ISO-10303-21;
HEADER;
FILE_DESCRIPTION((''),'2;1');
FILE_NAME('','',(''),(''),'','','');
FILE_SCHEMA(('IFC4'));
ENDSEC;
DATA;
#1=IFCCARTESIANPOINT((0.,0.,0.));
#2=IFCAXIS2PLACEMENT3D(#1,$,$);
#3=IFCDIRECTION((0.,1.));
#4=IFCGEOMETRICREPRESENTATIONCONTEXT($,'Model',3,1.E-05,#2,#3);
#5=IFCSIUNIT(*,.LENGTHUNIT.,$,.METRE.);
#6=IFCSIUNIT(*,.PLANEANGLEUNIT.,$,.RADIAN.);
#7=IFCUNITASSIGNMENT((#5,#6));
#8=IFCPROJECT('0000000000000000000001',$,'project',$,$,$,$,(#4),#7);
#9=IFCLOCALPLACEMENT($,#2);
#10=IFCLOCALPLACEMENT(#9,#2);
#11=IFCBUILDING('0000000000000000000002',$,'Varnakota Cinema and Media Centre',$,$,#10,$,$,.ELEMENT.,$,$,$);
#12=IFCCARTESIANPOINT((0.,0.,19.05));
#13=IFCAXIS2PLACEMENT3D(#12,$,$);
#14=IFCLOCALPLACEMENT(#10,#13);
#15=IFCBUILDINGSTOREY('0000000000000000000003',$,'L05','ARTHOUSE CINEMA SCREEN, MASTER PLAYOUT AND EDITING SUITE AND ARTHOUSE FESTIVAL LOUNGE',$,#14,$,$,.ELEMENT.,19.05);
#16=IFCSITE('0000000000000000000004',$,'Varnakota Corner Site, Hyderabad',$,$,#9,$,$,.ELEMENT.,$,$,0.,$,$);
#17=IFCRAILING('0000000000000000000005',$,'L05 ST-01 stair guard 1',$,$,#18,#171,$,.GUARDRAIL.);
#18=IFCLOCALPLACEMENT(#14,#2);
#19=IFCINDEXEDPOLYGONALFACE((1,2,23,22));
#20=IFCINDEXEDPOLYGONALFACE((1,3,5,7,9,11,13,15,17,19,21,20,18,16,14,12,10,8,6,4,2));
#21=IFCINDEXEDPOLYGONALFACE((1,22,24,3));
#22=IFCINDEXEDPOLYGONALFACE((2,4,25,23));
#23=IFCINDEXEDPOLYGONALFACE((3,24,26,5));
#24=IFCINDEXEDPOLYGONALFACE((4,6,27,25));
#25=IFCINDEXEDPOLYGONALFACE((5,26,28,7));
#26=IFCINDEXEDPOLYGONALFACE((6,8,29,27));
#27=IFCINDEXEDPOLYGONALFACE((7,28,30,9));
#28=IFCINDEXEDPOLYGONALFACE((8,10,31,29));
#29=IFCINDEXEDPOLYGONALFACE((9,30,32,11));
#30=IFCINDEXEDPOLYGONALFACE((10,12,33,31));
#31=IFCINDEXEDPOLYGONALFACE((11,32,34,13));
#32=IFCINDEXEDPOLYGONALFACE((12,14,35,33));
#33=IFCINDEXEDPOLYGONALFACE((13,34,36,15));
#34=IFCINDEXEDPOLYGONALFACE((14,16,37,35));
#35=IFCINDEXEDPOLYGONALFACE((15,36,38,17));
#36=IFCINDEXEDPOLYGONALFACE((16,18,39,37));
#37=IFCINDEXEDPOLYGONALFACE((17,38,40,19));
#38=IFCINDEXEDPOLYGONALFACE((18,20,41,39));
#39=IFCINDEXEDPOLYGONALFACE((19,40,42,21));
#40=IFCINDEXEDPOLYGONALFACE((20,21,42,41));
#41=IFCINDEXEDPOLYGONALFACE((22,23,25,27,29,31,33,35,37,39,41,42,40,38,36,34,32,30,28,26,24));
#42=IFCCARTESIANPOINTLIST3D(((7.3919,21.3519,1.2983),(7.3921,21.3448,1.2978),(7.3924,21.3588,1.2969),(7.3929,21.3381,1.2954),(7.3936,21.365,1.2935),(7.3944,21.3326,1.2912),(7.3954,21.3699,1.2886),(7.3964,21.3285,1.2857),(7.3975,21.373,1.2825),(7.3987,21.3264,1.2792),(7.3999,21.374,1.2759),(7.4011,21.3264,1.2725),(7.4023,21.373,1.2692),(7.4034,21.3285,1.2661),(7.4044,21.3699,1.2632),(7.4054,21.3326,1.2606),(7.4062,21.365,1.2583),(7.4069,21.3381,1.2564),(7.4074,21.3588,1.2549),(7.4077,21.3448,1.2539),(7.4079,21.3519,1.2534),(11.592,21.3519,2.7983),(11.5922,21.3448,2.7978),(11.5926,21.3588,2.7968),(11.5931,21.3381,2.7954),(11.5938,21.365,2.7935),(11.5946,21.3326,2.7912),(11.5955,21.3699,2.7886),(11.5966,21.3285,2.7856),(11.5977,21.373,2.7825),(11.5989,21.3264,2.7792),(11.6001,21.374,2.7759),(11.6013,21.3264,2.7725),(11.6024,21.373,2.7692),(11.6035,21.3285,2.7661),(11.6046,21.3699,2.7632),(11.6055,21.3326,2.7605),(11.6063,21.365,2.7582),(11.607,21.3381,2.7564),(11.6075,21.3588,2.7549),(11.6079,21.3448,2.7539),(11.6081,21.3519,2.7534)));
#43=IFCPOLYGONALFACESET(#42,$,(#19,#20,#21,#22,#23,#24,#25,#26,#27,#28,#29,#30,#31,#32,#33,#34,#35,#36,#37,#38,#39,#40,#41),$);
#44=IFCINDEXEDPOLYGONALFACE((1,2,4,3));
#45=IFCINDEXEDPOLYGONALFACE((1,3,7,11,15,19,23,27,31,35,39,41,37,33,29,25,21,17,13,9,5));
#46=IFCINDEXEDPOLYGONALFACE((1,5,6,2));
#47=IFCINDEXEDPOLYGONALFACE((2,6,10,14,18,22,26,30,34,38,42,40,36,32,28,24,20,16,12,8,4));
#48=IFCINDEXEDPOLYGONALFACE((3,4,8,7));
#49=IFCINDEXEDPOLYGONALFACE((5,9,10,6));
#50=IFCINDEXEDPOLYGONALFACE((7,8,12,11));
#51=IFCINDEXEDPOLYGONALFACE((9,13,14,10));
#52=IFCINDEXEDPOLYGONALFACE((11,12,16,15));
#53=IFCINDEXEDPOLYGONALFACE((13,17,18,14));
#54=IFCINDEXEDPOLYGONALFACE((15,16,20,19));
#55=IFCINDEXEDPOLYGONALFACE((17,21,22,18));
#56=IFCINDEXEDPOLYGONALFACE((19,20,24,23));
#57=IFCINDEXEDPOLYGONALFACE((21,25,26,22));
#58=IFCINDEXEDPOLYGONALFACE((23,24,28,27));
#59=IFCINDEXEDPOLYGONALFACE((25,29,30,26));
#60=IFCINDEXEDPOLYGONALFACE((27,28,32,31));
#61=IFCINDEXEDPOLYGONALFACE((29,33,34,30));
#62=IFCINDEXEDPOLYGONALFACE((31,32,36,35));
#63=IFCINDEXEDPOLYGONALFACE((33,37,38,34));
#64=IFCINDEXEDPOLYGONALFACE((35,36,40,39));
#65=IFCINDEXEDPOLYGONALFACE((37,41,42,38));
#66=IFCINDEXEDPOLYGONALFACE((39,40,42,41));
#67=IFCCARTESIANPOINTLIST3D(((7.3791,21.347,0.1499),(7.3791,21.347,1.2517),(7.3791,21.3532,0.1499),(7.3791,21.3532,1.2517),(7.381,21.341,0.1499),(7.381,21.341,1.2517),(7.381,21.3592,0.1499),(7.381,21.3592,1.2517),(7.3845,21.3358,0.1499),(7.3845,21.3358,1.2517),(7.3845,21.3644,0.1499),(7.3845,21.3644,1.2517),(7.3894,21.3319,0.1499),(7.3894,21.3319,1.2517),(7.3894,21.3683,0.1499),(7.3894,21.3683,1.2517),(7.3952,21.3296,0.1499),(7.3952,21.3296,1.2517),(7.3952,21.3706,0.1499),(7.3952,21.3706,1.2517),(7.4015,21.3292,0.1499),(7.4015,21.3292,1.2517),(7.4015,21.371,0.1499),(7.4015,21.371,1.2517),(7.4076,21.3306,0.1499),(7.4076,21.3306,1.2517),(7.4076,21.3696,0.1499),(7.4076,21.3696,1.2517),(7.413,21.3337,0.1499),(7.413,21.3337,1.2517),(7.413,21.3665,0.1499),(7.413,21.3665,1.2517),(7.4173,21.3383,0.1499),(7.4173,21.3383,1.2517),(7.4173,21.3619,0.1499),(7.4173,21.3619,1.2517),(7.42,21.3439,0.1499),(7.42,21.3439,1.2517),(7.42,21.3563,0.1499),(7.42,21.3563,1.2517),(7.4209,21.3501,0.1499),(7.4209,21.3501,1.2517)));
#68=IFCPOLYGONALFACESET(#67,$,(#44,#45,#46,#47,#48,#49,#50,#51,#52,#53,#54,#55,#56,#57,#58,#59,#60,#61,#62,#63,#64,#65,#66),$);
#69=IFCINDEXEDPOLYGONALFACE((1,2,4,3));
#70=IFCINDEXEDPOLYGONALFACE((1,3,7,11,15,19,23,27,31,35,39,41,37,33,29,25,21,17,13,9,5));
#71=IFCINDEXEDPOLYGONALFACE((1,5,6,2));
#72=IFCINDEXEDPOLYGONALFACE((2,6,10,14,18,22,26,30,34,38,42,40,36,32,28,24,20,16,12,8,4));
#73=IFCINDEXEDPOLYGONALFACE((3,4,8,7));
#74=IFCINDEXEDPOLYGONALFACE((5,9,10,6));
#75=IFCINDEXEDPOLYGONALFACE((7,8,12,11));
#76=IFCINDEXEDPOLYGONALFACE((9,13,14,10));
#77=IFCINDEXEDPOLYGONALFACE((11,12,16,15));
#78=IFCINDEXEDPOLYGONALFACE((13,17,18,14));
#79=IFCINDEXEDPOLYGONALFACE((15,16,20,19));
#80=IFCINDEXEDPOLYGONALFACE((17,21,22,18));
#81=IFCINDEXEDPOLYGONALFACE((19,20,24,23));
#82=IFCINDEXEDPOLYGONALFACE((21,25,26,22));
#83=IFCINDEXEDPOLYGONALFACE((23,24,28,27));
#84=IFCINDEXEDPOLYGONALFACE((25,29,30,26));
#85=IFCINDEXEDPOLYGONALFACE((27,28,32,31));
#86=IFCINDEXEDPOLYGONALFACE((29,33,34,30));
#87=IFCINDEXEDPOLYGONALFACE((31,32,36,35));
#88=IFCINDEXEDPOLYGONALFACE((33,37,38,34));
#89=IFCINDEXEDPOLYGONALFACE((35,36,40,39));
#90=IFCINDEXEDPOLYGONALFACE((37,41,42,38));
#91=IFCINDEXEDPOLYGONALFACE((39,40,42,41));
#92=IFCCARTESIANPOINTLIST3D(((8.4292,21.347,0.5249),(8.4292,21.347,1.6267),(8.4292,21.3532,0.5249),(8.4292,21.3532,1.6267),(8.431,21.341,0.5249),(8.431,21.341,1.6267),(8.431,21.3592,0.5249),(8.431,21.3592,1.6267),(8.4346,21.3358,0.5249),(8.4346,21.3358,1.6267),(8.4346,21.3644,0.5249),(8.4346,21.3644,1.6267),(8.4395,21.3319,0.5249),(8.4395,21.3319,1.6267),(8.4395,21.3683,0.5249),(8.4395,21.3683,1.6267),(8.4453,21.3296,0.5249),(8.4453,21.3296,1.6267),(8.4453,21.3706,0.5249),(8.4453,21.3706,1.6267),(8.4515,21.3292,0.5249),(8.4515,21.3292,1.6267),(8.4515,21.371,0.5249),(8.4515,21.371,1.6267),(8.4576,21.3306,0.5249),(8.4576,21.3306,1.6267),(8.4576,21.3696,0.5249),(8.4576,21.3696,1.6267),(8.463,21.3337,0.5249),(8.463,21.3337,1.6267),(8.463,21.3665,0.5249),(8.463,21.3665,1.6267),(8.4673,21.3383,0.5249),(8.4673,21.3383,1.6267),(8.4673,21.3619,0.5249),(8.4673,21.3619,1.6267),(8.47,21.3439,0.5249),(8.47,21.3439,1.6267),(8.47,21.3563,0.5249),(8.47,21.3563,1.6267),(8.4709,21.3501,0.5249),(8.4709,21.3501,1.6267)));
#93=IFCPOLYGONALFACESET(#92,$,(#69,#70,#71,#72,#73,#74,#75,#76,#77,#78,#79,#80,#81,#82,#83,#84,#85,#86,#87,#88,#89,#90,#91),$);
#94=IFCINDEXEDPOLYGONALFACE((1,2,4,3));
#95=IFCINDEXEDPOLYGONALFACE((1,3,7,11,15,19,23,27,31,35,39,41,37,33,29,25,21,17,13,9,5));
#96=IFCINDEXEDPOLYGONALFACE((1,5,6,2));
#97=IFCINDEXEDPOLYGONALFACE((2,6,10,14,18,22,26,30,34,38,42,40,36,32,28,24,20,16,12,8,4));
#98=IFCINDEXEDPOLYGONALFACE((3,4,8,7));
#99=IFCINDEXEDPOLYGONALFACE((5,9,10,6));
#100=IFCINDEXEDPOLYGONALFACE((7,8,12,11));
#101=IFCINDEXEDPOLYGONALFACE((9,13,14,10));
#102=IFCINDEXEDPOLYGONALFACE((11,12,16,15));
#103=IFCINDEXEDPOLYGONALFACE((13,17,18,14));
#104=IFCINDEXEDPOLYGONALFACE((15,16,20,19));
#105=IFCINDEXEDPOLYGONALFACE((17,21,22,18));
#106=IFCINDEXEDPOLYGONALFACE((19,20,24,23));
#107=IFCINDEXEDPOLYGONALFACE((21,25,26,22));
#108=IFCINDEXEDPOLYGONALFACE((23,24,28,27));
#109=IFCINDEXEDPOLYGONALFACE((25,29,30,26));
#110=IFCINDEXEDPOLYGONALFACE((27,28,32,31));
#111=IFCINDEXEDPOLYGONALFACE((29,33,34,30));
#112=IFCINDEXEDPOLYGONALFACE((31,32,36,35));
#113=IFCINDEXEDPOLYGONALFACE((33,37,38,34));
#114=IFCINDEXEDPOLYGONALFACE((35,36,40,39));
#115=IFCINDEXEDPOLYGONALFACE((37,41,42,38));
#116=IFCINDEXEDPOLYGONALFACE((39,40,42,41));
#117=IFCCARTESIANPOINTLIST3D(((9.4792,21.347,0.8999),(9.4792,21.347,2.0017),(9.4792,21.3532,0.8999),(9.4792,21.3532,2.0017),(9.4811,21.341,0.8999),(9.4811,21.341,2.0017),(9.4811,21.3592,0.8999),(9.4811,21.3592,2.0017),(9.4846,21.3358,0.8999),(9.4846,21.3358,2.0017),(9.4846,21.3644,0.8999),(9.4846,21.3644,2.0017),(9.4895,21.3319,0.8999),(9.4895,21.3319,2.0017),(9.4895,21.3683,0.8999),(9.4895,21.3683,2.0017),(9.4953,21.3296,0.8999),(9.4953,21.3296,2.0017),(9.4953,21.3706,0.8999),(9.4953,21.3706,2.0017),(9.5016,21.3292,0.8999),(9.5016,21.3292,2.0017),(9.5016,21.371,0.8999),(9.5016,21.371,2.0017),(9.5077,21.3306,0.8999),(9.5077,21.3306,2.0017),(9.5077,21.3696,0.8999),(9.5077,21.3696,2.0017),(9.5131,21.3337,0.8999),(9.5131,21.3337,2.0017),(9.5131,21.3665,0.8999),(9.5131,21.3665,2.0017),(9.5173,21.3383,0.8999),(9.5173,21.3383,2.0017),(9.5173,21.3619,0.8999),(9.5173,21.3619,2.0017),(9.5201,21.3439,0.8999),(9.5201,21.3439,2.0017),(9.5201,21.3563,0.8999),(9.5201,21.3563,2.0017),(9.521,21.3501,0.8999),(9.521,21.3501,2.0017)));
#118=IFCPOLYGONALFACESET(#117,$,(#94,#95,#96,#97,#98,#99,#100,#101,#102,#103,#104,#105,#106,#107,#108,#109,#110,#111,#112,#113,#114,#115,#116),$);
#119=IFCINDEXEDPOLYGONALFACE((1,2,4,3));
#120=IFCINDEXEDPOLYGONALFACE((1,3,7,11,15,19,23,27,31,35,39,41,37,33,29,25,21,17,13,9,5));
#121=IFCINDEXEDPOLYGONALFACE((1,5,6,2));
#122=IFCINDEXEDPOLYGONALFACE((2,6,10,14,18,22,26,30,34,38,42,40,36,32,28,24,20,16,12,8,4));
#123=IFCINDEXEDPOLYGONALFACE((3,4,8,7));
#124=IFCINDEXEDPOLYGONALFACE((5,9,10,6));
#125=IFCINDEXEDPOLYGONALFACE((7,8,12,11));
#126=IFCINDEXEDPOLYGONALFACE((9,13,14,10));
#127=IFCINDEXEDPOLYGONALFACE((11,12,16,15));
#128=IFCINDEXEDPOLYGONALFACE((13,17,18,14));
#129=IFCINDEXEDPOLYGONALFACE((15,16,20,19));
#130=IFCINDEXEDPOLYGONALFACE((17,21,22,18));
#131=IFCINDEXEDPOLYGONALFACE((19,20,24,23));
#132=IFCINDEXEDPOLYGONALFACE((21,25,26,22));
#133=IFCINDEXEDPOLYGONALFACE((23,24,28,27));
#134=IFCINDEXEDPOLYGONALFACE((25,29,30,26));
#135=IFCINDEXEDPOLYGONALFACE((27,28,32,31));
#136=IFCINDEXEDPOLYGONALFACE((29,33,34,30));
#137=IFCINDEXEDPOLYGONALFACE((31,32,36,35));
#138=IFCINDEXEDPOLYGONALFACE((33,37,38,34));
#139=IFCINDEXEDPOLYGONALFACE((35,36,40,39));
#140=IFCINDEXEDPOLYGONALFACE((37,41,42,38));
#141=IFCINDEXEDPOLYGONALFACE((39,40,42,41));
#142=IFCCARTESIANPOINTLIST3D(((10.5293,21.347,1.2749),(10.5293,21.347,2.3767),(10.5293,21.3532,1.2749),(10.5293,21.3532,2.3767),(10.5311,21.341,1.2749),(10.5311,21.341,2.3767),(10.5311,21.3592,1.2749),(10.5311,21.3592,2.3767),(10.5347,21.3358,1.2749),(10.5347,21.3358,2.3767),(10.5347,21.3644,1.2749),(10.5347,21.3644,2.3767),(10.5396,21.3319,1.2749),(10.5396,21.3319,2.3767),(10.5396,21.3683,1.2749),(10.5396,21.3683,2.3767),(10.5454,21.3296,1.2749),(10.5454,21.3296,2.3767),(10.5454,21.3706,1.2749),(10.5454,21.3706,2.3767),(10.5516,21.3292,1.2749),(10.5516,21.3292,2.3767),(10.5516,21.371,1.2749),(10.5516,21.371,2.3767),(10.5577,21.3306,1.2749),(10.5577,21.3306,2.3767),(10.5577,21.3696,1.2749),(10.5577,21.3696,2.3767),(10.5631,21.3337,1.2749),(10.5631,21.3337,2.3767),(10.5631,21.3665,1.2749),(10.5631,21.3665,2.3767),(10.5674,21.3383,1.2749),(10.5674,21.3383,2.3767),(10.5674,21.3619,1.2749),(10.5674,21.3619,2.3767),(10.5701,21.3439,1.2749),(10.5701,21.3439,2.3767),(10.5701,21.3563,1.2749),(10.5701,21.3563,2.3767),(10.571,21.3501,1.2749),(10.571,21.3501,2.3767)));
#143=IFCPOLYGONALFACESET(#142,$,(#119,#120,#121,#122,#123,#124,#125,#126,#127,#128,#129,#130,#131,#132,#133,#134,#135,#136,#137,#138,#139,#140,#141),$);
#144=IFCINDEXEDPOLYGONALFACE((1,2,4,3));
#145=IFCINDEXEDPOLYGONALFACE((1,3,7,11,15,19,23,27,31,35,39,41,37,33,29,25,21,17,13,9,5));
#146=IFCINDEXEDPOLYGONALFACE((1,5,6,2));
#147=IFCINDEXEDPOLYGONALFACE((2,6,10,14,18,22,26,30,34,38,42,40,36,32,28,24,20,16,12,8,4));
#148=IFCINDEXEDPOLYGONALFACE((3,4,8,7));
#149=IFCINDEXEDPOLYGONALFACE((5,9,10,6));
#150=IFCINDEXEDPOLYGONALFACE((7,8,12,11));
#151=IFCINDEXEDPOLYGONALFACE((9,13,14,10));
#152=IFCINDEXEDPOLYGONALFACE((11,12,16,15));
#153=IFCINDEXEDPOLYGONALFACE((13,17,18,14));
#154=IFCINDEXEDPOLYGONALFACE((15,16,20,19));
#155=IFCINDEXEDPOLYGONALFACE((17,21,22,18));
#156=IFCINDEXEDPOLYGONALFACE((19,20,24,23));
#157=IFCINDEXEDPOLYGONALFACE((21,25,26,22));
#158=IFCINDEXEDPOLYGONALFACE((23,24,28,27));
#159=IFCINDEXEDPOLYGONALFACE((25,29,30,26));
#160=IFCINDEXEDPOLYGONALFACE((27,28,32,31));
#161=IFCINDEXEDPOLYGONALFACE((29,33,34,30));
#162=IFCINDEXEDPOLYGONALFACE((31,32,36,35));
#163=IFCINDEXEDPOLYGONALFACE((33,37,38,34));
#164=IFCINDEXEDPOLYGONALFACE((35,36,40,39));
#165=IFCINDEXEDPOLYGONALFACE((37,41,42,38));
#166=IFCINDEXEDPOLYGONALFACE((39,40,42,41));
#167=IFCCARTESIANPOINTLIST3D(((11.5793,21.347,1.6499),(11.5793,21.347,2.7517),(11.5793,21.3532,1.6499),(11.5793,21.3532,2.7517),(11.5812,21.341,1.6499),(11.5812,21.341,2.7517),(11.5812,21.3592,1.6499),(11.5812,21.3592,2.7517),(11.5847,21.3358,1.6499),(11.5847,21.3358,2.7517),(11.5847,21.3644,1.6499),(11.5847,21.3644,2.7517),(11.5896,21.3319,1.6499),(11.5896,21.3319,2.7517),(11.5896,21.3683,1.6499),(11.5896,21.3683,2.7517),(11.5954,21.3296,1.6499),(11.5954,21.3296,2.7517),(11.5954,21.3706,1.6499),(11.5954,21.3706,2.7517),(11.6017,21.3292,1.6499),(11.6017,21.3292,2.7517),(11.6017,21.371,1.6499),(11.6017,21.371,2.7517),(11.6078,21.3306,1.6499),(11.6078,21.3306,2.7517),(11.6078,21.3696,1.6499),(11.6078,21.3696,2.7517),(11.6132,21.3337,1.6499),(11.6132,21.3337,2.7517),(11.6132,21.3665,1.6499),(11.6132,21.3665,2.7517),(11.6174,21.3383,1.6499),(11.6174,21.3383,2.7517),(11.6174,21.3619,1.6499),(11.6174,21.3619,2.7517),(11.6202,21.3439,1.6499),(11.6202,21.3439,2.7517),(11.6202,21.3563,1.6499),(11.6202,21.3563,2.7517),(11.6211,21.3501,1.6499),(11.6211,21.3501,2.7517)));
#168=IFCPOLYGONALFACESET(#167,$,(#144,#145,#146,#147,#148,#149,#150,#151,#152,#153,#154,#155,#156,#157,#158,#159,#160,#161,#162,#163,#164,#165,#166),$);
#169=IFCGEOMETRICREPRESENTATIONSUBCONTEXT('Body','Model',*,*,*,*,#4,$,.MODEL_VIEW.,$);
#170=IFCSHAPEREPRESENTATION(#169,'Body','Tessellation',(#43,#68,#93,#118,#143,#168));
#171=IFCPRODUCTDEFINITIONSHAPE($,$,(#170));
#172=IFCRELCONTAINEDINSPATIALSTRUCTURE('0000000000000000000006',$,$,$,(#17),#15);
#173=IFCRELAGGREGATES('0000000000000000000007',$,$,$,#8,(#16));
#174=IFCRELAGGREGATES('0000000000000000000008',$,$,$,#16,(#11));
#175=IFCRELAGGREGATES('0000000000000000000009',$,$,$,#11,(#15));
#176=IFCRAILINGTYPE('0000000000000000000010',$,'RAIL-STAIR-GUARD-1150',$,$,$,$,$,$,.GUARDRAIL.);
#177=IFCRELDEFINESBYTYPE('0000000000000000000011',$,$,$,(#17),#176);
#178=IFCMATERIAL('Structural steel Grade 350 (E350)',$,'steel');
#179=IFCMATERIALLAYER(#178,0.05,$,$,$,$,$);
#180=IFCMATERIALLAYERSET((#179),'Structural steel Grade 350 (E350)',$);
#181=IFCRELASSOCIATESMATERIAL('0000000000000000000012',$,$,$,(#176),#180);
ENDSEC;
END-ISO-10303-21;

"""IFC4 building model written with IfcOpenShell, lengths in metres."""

from ifc_helpers import new_model, si_unit, direction, frame, origin, origin_2d, place, context, subcontext, project, spatial, circle, extrude, material, layer, layer_set, type_object, element, save


model = new_model("IFC4")

# Units and contexts
model_context = context("Model", 3, precision=1e-05, world=origin(), true_north=direction((0.0, 1.0)))
body_context = subcontext(model_context, "Body", "Model", "MODEL_VIEW")
ifc_project = project(units=[si_unit("LENGTHUNIT", "METRE"), si_unit("PLANEANGLEUNIT", "RADIAN")], contexts=[model_context])

# Site, building, storey
site_placement = place(None, origin())
site = spatial("IfcSite", under=ifc_project, at=site_placement, Name="Varnakota Corner Site, Hyderabad", CompositionType="ELEMENT", RefElevation=0.0)
building_placement = place(site_placement, origin())
building = spatial("IfcBuilding", under=site, at=building_placement, Name="Varnakota Cinema and Media Centre", CompositionType="ELEMENT")
storey_placement = place(building_placement, frame((0.0, 0.0, 19.05)))
storey = spatial("IfcBuildingStorey", under=building, at=storey_placement, Name="L05", Description="ARTHOUSE CINEMA SCREEN, MASTER PLAYOUT AND EDITING SUITE AND ARTHOUSE FESTIVAL LOUNGE", CompositionType="ELEMENT", Elevation=19.05)

# Railing
ifc_material_1 = material(Name="Structural steel Grade 350 (E350)", Category="steel")
ifc_layer_1 = layer(ifc_material_1, 0.05)
ifc_layer_set_1 = layer_set([ifc_layer_1], Name="Structural steel Grade 350 (E350)")
railing_type_1 = type_object("IfcRailingType", Name="RAIL-STAIR-GUARD-1150", PredefinedType="GUARDRAIL", material=ifc_layer_set_1)
railing_1_placement = place(storey_placement, frame((7.3999, 21.3501, 0.1499)))
element("IfcRailing", 1, at=railing_1_placement, inside=storey, type_object=railing_type_1, Name="L05 ST-01 stair guard 1", PredefinedType="GUARDRAIL", context=body_context, shape_type="SweptSolid", body=[
    extrude(circle(Radius=0.0239, at=origin_2d()), frame((0.0, 0.0, 1.126), z_axis=(0.941747, 0.0, 0.336323), x_axis=(0.0, 1.0, 0.0)), (0.0, 0.0, 1.0), 4.46),
    extrude(circle(Radius=0.021, at=origin_2d()), origin(), (0.0, 0.0, 1.0), 1.1018),
    extrude(circle(Radius=0.021, at=origin_2d()), frame((1.05, 0.0, 0.375)), (0.0, 0.0, 1.0), 1.1018),
    extrude(circle(Radius=0.021, at=origin_2d()), frame((2.1001, 0.0, 0.75)), (0.0, 0.0, 1.0), 1.1018),
    extrude(circle(Radius=0.021, at=origin_2d()), frame((3.1501, 0.0, 1.125)), (0.0, 0.0, 1.0), 1.1018),
    extrude(circle(Radius=0.021, at=origin_2d()), frame((4.2002, 0.0, 1.5)), (0.0, 0.0, 1.0), 1.1018),
])

save(model, "model.ifc")
